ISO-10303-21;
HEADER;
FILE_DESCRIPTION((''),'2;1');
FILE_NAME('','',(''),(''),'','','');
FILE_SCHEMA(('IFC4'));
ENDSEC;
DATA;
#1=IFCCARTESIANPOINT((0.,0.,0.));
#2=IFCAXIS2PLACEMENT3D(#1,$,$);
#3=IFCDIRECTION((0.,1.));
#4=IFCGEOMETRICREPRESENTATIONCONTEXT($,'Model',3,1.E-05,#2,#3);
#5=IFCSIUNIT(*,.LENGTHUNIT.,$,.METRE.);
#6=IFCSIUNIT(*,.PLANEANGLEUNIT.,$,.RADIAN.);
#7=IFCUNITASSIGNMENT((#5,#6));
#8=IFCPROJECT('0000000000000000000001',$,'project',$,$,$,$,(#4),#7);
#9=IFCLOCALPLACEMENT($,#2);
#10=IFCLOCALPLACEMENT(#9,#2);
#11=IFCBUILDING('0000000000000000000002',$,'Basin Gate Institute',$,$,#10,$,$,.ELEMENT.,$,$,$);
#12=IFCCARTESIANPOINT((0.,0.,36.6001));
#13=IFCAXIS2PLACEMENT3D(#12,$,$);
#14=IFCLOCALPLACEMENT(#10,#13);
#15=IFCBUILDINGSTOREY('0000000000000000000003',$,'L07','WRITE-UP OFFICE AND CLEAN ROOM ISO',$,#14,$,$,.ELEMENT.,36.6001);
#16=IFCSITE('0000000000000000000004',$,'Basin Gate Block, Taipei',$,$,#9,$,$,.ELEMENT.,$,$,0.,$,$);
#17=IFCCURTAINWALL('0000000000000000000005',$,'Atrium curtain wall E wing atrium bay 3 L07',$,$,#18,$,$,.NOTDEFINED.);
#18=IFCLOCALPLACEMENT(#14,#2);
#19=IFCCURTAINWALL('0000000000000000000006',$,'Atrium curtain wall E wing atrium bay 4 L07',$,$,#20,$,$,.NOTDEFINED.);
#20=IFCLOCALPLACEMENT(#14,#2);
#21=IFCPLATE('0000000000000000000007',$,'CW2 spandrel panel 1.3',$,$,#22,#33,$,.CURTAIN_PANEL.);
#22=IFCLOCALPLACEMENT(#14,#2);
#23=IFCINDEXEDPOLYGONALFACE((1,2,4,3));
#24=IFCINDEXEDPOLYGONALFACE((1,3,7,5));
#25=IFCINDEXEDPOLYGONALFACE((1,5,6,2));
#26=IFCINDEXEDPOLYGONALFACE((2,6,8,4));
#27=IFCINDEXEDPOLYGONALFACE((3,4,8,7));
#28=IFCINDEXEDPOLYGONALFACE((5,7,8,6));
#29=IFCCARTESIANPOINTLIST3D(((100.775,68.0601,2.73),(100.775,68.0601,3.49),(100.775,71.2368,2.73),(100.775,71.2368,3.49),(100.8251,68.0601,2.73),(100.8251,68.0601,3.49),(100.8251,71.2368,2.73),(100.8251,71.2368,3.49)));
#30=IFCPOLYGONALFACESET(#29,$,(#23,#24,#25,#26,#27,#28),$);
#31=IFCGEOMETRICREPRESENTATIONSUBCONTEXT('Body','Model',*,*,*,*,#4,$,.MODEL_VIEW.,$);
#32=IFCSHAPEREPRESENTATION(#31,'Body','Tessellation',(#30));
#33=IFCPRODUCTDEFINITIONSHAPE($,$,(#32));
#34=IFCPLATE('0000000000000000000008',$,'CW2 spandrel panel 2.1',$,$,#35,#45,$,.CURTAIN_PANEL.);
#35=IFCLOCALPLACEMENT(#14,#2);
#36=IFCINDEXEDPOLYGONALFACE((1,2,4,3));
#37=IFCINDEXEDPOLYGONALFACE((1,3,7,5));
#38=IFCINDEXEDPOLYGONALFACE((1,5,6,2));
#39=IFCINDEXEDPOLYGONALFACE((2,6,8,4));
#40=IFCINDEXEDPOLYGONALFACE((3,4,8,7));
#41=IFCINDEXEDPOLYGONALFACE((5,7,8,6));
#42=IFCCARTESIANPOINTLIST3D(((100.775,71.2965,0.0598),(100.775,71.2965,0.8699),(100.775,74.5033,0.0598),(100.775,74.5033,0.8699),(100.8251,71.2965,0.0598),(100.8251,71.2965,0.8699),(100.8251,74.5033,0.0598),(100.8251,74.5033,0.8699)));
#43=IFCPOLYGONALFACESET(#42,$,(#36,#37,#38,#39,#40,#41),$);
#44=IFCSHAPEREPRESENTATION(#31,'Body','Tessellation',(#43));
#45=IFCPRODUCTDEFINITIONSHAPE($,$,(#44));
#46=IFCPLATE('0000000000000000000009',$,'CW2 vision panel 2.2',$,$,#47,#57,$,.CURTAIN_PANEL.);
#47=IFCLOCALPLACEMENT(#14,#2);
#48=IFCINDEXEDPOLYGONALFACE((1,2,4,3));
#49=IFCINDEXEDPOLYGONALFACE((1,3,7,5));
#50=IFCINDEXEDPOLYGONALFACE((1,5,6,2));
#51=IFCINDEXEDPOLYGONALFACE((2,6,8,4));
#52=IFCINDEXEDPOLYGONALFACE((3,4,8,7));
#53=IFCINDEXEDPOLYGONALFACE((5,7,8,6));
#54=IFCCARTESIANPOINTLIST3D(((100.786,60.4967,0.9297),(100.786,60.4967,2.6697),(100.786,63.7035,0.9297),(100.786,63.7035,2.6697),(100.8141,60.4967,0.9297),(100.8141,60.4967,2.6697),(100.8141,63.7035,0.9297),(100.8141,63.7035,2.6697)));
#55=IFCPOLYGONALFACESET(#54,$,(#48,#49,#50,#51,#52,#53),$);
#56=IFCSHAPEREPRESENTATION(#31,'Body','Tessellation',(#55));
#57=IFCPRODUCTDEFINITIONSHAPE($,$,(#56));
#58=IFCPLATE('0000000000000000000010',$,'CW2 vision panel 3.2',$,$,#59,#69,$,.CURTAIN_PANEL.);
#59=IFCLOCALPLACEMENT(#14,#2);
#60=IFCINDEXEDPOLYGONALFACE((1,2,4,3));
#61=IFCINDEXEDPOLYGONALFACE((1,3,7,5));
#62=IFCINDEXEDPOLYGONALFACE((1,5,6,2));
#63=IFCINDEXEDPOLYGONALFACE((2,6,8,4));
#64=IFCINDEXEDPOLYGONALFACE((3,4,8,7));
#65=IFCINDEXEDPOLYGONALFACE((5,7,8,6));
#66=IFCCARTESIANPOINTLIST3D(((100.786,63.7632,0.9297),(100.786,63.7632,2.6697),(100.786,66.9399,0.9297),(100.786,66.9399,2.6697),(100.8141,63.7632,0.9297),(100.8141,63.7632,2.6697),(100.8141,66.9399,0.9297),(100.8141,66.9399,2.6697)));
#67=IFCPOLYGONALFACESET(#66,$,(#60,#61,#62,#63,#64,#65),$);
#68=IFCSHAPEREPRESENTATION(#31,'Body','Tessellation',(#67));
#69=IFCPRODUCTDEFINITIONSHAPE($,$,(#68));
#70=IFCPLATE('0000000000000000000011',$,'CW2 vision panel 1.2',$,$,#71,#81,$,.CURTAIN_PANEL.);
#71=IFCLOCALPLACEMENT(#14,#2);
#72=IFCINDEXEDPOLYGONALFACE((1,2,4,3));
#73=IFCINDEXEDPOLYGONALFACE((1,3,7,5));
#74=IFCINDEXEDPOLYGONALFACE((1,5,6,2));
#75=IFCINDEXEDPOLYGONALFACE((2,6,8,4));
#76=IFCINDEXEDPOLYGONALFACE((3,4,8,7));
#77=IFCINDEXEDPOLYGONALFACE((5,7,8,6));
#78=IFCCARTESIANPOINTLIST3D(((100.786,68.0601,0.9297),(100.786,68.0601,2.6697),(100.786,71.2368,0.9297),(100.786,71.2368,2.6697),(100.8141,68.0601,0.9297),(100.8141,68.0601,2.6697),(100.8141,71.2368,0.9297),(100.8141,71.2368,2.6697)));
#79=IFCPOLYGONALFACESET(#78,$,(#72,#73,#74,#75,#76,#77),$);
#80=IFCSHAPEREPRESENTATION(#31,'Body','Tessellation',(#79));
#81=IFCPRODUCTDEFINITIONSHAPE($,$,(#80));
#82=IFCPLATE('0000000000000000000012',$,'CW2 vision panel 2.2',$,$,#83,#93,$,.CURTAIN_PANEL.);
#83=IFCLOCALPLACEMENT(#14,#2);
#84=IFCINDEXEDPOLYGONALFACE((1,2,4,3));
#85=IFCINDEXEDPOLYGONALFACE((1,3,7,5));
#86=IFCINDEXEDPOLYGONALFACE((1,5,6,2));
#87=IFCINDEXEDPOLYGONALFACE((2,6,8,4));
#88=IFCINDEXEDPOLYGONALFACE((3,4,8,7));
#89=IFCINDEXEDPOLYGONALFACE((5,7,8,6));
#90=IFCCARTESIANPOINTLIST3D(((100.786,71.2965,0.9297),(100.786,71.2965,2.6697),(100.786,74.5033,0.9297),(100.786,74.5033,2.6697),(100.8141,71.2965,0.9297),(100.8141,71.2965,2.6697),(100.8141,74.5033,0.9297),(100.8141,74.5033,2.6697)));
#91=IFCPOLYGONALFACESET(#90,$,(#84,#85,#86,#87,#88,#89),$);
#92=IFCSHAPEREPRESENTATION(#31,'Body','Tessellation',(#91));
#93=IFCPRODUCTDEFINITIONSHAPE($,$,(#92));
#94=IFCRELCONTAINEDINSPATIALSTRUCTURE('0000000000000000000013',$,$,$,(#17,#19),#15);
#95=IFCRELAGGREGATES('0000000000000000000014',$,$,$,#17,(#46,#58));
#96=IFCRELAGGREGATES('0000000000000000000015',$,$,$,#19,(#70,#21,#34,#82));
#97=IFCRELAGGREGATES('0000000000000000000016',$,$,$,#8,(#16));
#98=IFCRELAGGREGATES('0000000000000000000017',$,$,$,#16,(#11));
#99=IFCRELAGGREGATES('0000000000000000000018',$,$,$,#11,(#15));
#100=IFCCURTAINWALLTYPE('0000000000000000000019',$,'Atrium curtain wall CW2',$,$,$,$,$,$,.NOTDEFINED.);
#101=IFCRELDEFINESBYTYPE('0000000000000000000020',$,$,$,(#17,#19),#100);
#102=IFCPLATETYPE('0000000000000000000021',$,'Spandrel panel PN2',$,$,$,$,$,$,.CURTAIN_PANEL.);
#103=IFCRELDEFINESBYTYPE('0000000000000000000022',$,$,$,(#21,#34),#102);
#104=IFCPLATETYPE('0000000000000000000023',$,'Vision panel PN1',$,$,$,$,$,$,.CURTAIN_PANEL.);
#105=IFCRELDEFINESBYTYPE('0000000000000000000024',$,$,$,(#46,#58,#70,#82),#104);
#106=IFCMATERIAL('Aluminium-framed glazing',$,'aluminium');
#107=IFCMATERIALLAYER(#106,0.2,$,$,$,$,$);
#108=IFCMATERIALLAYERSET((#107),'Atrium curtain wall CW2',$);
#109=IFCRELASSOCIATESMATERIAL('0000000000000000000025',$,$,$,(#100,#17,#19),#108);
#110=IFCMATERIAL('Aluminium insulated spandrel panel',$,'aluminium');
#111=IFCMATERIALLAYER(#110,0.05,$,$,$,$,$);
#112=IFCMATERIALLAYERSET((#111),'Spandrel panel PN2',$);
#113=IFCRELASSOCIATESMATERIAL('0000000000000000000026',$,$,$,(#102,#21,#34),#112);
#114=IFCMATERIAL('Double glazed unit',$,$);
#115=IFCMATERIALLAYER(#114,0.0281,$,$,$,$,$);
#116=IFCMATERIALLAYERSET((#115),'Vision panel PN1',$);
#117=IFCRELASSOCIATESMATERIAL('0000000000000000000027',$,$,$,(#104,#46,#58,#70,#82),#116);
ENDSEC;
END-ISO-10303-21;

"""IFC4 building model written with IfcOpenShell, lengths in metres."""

from ifc_helpers import new_model, si_unit, direction, frame, origin, origin_2d, place, context, subcontext, project, spatial, rectangle, extrude, material, layer, layer_set, type_object, element, aggregate, save


model = new_model("IFC4")

# Units and contexts
model_context = context("Model", 3, precision=1e-05, world=origin(), true_north=direction((0.0, 1.0)))
body_context = subcontext(model_context, "Body", "Model", "MODEL_VIEW")
ifc_project = project(units=[si_unit("LENGTHUNIT", "METRE"), si_unit("PLANEANGLEUNIT", "RADIAN")], contexts=[model_context])

# Site, building, storey
site_placement = place(None, origin())
site = spatial("IfcSite", under=ifc_project, at=site_placement, Name="Basin Gate Block, Taipei", CompositionType="ELEMENT", RefElevation=0.0)
building_placement = place(site_placement, origin())
building = spatial("IfcBuilding", under=site, at=building_placement, Name="Basin Gate Institute", CompositionType="ELEMENT")
storey_placement = place(building_placement, frame((0.0, 0.0, 36.6001)))
storey = spatial("IfcBuildingStorey", under=building, at=storey_placement, Name="L07", Description="WRITE-UP OFFICE AND CLEAN ROOM ISO", CompositionType="ELEMENT", Elevation=36.6001)

# Curtain walls
ifc_material_1 = material(Name="Aluminium-framed glazing", Category="aluminium")
ifc_layer_1 = layer(ifc_material_1, 0.2)
ifc_layer_set_1 = layer_set([ifc_layer_1], Name="Atrium curtain wall CW2")
curtain_wall_type = type_object("IfcCurtainWallType", Name="Atrium curtain wall CW2", PredefinedType="NOTDEFINED", material=ifc_layer_set_1)
curtain_wall_1_placement = place(storey_placement, origin())
curtain_wall_1 = element("IfcCurtainWall", 1, at=curtain_wall_1_placement, inside=storey, type_object=curtain_wall_type, material=ifc_layer_set_1, Name="Atrium curtain wall E wing atrium bay 3 L07", PredefinedType="NOTDEFINED")
curtain_wall_2_placement = place(storey_placement, origin())
curtain_wall_2 = element("IfcCurtainWall", 2, at=curtain_wall_2_placement, inside=storey, type_object=curtain_wall_type, material=ifc_layer_set_1, Name="Atrium curtain wall E wing atrium bay 4 L07", PredefinedType="NOTDEFINED")

# Plates
ifc_material_2 = material(Name="Aluminium insulated spandrel panel", Category="aluminium")
ifc_layer_2 = layer(ifc_material_2, 0.05)
ifc_layer_set_2 = layer_set([ifc_layer_2], Name="Spandrel panel PN2")
plate_type_1 = type_object("IfcPlateType", Name="Spandrel panel PN2", PredefinedType="CURTAIN_PANEL", material=ifc_layer_set_2)
plate_1_placement = place(storey_placement, frame((100.8, 69.6484, 2.73), z_axis=(0.0, 0.0, 1.0), x_axis=(0.0, 1.0, 0.0)))
plate_1 = element("IfcPlate", 3, at=plate_1_placement, type_object=plate_type_1, material=ifc_layer_set_2, Name="CW2 spandrel panel 1.3", PredefinedType="CURTAIN_PANEL", context=body_context, shape_type="SweptSolid", body=[
    extrude(rectangle(XDim=3.1768, YDim=0.05, at=origin_2d()), origin(), (0.0, 0.0, 1.0), 0.76),
])
plate_2_placement = place(storey_placement, frame((100.8, 72.8999, 0.0598), z_axis=(0.0, 0.0, 1.0), x_axis=(0.0, 1.0, 0.0)))
plate_2 = element("IfcPlate", 4, at=plate_2_placement, type_object=plate_type_1, material=ifc_layer_set_2, Name="CW2 spandrel panel 2.1", PredefinedType="CURTAIN_PANEL", context=body_context, shape_type="SweptSolid", body=[
    extrude(rectangle(XDim=3.2068, YDim=0.05, at=origin_2d()), origin(), (0.0, 0.0, 1.0), 0.8101),
])
ifc_material_3 = material(Name="Double glazed unit")
ifc_layer_3 = layer(ifc_material_3, 0.0281)
ifc_layer_set_3 = layer_set([ifc_layer_3], Name="Vision panel PN1")
plate_type_2 = type_object("IfcPlateType", Name="Vision panel PN1", PredefinedType="CURTAIN_PANEL", material=ifc_layer_set_3)
plate_3_placement = place(storey_placement, frame((100.8, 62.1001, 0.9297), z_axis=(0.0, 0.0, 1.0), x_axis=(0.0, 1.0, 0.0)))
plate_3 = element("IfcPlate", 5, at=plate_3_placement, type_object=plate_type_2, material=ifc_layer_set_3, Name="CW2 vision panel 2.2", PredefinedType="CURTAIN_PANEL", context=body_context, shape_type="SweptSolid", body=[
    extrude(rectangle(XDim=3.2068, YDim=0.0281, at=origin_2d()), origin(), (0.0, 0.0, 1.0), 1.74),
])
plate_4_placement = place(storey_placement, frame((100.8, 65.3516, 0.9297), z_axis=(0.0, 0.0, 1.0), x_axis=(0.0, 1.0, 0.0)))
plate_4 = element("IfcPlate", 6, at=plate_4_placement, type_object=plate_type_2, material=ifc_layer_set_3, Name="CW2 vision panel 3.2", PredefinedType="CURTAIN_PANEL", context=body_context, shape_type="SweptSolid", body=[
    extrude(rectangle(XDim=3.1768, YDim=0.0281, at=origin_2d()), origin(), (0.0, 0.0, 1.0), 1.74),
])
aggregate(curtain_wall_1, [plate_3, plate_4])
plate_5_placement = place(storey_placement, frame((100.8, 69.6484, 0.9297), z_axis=(0.0, 0.0, 1.0), x_axis=(0.0, 1.0, 0.0)))
plate_5 = element("IfcPlate", 7, at=plate_5_placement, type_object=plate_type_2, material=ifc_layer_set_3, Name="CW2 vision panel 1.2", PredefinedType="CURTAIN_PANEL", context=body_context, shape_type="SweptSolid", body=[
    extrude(rectangle(XDim=3.1768, YDim=0.0281, at=origin_2d()), origin(), (0.0, 0.0, 1.0), 1.74),
])
plate_6_placement = place(storey_placement, frame((100.8, 72.8999, 0.9297), z_axis=(0.0, 0.0, 1.0), x_axis=(0.0, 1.0, 0.0)))
plate_6 = element("IfcPlate", 8, at=plate_6_placement, type_object=plate_type_2, material=ifc_layer_set_3, Name="CW2 vision panel 2.2", PredefinedType="CURTAIN_PANEL", context=body_context, shape_type="SweptSolid", body=[
    extrude(rectangle(XDim=3.2068, YDim=0.0281, at=origin_2d()), origin(), (0.0, 0.0, 1.0), 1.74),
])
aggregate(curtain_wall_2, [plate_5, plate_1, plate_2, plate_6])

save(model, "model.ifc")
